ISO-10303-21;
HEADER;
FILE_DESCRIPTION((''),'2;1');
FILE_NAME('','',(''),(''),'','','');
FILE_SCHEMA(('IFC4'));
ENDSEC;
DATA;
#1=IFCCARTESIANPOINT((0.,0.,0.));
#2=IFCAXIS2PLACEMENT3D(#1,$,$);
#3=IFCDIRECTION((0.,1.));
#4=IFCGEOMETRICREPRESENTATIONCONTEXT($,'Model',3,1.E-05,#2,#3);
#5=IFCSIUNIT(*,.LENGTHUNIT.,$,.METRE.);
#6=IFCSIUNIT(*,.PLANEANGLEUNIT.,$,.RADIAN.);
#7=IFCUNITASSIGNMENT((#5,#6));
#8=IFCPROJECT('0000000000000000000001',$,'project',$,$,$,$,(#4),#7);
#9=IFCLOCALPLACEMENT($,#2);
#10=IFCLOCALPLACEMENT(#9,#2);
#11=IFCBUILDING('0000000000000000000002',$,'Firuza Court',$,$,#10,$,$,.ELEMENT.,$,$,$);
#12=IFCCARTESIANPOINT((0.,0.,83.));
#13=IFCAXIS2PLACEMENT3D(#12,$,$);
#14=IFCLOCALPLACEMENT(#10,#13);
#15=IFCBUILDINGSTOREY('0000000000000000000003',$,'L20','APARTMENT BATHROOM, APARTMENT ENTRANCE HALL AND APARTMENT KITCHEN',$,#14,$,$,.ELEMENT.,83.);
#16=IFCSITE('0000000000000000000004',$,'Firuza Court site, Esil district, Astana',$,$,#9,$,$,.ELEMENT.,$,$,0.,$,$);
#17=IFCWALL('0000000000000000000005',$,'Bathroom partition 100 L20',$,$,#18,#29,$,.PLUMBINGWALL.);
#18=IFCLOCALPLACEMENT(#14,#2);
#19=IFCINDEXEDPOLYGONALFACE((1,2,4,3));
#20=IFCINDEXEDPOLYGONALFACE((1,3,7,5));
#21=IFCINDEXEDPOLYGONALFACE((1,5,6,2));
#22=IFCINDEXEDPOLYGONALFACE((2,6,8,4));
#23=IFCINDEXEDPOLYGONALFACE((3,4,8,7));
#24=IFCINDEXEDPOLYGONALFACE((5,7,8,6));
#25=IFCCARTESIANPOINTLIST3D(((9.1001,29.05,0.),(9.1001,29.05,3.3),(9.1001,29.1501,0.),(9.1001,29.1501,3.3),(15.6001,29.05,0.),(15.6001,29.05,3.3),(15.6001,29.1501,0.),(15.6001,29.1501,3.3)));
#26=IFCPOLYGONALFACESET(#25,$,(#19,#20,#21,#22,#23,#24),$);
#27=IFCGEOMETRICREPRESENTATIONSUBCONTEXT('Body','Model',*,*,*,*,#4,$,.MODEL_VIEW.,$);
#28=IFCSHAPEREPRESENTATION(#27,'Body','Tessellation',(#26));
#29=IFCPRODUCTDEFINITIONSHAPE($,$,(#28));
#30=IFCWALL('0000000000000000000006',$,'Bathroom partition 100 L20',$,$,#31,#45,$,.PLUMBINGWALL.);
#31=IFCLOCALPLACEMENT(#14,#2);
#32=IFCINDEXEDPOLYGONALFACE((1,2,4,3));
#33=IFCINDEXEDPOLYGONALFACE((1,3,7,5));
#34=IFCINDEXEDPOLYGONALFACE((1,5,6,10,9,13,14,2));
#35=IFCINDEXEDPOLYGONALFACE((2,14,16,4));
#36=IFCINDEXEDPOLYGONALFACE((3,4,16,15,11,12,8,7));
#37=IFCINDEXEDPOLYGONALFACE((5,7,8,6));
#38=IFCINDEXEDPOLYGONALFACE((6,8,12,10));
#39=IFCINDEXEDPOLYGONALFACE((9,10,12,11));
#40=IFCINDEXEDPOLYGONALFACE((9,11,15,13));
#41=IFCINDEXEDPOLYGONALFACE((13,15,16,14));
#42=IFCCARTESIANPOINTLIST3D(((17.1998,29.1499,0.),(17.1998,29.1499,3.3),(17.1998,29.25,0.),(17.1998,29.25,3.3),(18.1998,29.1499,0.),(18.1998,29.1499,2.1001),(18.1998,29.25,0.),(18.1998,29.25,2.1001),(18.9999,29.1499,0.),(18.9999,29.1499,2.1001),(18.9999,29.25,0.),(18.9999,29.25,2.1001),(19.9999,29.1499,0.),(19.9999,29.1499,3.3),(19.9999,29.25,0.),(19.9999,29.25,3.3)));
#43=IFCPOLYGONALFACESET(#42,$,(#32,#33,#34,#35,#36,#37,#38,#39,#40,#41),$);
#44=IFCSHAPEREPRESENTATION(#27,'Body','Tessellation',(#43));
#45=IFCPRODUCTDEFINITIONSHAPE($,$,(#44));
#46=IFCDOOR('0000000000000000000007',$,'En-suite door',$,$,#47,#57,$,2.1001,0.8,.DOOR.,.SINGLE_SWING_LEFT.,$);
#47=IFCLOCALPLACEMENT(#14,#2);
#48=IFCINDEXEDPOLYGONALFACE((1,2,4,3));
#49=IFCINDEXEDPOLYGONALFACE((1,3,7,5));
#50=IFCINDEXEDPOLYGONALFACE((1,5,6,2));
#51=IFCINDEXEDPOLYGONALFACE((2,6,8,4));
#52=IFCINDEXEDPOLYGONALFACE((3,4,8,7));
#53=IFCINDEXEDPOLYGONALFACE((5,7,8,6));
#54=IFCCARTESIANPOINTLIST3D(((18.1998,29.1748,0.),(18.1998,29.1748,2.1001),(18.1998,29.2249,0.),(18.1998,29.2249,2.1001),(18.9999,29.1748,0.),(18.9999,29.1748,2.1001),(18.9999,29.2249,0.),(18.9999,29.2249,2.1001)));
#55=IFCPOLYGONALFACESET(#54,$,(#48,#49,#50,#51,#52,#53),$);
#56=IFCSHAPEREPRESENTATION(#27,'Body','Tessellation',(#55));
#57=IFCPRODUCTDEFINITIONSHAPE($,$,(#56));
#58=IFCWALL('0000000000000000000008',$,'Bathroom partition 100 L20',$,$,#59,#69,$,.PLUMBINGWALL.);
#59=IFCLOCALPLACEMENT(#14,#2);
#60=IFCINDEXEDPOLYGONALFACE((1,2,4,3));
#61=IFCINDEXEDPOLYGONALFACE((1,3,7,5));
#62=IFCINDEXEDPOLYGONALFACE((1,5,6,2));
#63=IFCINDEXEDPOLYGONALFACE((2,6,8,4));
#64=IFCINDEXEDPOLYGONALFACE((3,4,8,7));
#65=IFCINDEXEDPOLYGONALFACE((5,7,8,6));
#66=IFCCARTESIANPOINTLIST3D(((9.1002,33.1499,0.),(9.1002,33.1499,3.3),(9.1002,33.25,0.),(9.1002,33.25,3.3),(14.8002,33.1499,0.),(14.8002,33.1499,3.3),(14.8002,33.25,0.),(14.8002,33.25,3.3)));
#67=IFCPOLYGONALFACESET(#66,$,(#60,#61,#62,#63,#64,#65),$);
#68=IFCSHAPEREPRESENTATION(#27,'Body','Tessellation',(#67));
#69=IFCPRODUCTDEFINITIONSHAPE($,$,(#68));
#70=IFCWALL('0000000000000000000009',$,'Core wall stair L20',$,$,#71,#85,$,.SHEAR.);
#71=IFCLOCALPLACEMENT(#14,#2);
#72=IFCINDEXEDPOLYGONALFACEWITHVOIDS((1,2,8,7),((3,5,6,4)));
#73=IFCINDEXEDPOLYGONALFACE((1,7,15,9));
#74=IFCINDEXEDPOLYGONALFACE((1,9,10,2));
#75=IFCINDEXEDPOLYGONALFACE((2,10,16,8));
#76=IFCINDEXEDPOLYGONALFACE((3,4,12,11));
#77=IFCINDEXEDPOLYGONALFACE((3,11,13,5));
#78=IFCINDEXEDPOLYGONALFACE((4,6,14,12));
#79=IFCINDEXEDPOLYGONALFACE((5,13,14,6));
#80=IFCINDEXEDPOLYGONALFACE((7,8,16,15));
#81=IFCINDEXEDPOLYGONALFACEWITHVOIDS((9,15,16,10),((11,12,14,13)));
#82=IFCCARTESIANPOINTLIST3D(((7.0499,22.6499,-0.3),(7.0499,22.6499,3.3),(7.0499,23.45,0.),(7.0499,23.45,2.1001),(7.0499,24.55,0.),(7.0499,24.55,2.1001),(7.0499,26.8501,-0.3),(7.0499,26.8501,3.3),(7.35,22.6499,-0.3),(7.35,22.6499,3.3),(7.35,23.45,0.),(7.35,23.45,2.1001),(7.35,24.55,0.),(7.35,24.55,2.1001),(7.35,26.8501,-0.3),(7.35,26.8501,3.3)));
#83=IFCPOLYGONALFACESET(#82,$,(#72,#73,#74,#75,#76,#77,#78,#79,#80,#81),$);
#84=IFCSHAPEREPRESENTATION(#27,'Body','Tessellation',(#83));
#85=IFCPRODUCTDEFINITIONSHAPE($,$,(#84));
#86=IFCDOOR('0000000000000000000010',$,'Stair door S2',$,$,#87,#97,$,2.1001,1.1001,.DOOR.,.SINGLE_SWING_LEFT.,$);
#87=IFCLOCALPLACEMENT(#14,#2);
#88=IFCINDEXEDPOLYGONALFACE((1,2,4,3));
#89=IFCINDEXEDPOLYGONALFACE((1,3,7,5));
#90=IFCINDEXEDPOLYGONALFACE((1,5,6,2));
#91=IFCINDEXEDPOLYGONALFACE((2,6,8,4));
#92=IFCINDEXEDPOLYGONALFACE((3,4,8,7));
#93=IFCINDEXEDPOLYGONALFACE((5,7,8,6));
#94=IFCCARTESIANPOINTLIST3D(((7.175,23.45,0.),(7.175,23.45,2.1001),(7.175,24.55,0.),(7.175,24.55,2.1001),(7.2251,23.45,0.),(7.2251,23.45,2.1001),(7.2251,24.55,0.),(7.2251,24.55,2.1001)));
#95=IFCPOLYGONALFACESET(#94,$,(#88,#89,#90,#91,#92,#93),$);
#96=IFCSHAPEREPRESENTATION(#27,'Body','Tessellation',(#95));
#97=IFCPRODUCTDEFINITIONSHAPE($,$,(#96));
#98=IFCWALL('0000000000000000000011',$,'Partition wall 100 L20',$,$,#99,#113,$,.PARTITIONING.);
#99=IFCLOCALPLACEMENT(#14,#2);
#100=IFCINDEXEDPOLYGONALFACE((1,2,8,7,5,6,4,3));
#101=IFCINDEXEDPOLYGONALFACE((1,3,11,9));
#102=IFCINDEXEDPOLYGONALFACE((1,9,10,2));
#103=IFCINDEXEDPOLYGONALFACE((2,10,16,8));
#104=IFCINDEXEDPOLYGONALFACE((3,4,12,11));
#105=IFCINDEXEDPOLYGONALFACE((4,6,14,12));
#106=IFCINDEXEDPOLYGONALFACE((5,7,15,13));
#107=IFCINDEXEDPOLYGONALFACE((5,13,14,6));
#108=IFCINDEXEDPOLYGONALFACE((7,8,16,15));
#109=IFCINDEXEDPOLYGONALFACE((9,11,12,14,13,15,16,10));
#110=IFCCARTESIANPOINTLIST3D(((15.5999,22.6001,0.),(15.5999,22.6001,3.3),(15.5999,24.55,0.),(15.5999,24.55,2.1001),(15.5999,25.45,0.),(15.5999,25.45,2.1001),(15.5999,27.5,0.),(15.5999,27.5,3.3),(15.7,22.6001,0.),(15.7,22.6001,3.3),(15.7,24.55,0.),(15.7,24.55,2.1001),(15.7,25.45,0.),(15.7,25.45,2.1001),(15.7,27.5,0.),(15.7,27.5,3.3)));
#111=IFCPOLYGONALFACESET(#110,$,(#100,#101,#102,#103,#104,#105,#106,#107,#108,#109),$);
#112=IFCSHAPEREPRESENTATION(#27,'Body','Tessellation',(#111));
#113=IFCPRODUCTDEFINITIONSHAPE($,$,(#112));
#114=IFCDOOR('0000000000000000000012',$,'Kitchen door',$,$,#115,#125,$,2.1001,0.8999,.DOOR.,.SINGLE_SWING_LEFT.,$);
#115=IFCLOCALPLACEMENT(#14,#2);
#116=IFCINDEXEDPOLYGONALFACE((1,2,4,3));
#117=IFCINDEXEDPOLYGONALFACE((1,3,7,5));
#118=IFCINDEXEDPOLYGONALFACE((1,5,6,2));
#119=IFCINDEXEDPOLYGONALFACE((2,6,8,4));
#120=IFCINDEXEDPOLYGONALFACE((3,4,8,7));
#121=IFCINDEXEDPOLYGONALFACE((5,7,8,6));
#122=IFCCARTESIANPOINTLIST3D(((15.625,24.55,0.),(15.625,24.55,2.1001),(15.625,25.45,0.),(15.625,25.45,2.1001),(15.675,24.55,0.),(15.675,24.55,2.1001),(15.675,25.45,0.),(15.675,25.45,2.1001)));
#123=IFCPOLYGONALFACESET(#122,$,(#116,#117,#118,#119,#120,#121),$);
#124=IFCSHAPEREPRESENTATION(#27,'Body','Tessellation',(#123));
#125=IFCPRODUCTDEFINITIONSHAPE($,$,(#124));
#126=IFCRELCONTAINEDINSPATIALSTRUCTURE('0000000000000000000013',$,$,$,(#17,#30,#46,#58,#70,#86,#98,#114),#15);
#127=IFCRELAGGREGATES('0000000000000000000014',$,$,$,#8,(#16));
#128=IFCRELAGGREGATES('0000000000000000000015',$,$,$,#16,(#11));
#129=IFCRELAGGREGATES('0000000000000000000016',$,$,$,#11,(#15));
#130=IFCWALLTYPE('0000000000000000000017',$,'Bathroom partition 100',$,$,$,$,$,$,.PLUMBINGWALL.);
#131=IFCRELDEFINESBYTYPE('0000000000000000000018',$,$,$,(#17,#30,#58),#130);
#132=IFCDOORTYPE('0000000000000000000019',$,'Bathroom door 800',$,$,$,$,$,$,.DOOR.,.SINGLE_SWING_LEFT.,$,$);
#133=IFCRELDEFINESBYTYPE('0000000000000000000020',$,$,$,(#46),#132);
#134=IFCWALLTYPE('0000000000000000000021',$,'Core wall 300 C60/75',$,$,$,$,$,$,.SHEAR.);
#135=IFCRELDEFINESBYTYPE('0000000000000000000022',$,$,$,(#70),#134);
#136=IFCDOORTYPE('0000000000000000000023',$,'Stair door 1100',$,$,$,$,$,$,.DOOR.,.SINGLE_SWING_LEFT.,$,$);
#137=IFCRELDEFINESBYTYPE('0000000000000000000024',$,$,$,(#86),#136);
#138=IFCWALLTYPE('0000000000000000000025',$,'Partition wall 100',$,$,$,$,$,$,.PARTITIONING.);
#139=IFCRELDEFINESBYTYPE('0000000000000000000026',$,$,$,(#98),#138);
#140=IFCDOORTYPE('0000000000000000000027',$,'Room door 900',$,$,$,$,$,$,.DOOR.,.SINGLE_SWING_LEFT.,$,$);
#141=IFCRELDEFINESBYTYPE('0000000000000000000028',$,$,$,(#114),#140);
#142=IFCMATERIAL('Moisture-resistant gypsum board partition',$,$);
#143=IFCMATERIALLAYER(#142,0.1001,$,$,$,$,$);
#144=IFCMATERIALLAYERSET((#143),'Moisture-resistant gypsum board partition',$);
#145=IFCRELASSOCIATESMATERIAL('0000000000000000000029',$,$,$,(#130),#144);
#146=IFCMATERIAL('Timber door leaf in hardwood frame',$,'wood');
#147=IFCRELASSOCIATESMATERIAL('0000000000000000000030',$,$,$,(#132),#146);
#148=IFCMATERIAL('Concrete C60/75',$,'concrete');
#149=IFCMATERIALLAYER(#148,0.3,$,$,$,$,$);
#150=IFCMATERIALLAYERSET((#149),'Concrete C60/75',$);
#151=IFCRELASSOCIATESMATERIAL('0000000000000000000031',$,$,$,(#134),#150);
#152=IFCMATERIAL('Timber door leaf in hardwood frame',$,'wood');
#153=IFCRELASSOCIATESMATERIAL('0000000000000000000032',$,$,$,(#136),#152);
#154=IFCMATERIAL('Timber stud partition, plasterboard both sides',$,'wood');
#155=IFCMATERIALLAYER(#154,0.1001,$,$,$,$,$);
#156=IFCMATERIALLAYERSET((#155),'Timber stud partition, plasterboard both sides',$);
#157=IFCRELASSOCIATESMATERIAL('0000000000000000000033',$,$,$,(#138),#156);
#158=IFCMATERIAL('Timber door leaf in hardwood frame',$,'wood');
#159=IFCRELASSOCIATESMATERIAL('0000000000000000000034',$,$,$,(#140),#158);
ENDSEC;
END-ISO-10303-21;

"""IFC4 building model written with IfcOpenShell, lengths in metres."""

from ifc_helpers import new_model, si_unit, direction, frame, frame_2d, origin, place, context, subcontext, project, spatial, rectangle, extrude, material, layer, layer_set, type_object, element, fill, save


model = new_model("IFC4")

# Units and contexts
model_context = context("Model", 3, precision=1e-05, world=origin(), true_north=direction((0.0, 1.0)))
body_context = subcontext(model_context, "Body", "Model", "MODEL_VIEW")
ifc_project = project(units=[si_unit("LENGTHUNIT", "METRE"), si_unit("PLANEANGLEUNIT", "RADIAN")], contexts=[model_context])

# Site, building, storey
site_placement = place(None, origin())
site = spatial("IfcSite", under=ifc_project, at=site_placement, Name="Firuza Court site, Esil district, Astana", CompositionType="ELEMENT", RefElevation=0.0)
building_placement = place(site_placement, origin())
building = spatial("IfcBuilding", under=site, at=building_placement, Name="Firuza Court", CompositionType="ELEMENT")
storey_placement = place(building_placement, frame((0.0, 0.0, 83.0)))
storey = spatial("IfcBuildingStorey", under=building, at=storey_placement, Name="L20", Description="APARTMENT BATHROOM, APARTMENT ENTRANCE HALL AND APARTMENT KITCHEN", CompositionType="ELEMENT", Elevation=83.0)

# Wall
ifc_material_1 = material(Name="Moisture-resistant gypsum board partition")
ifc_layer_1 = layer(ifc_material_1, 0.1001)
ifc_layer_set_1 = layer_set([ifc_layer_1], Name="Moisture-resistant gypsum board partition")
wall_type_1 = type_object("IfcWallType", Name="Bathroom partition 100", PredefinedType="PLUMBINGWALL", material=ifc_layer_set_1)
wall_1_placement = place(storey_placement, frame((9.1001, 29.1001, 0.0), z_axis=(0.0, 0.0, 1.0), x_axis=(1.0, 0.0, 0.0)))
element("IfcWall", 1, at=wall_1_placement, inside=storey, type_object=wall_type_1, Name="Bathroom partition 100 L20", PredefinedType="PLUMBINGWALL", context=body_context, shape_type="SweptSolid", body=[
    extrude(rectangle(XDim=6.5, YDim=0.1001, at=frame_2d((3.25, 0.0))), origin(), (0.0, 0.0, 1.0), 3.3),
])

# Wall, opening, door
wall_2_placement = place(storey_placement, frame((17.2, 29.2, 0.0), z_axis=(0.0, 0.0, 1.0), x_axis=(1.0, 0.0, 0.0)))
wall_2 = element("IfcWall", 2, at=wall_2_placement, inside=storey, type_object=wall_type_1, Name="Bathroom partition 100 L20", PredefinedType="PLUMBINGWALL", context=body_context, shape_type="SweptSolid", body=[
    extrude(rectangle(XDim=2.8, YDim=0.1001, at=frame_2d((1.3999, 0.0))), origin(), (0.0, 0.0, 1.0), 3.3),
])
opening_1_placement = place(wall_2_placement, frame((1.0, 0.0, 0.0)))
opening_1 = element("IfcOpeningElement", 3, at=opening_1_placement, cuts=wall_2, PredefinedType="OPENING", context=body_context, shape_type="SweptSolid", body=[
    extrude(rectangle(XDim=0.8, YDim=2.1001, at=frame_2d((0.3999, 1.05))), frame((0.0, 0.062, 0.0), z_axis=(0.0, -1.0, 0.0), x_axis=(1.0, 0.0, 0.0)), (0.0, 0.0, 1.0), 0.124),
])
ifc_material_2 = material(Name="Timber door leaf in hardwood frame", Category="wood")
door_type_1 = type_object("IfcDoorType", Name="Bathroom door 800", OperationType="SINGLE_SWING_LEFT", PredefinedType="DOOR", material=ifc_material_2)
door_1_placement = place(opening_1_placement, origin())
door_1 = element("IfcDoor", 4, at=door_1_placement, inside=storey, type_object=door_type_1, Name="En-suite door", OperationType="SINGLE_SWING_LEFT", OverallHeight=2.1001, OverallWidth=0.8, PredefinedType="DOOR", context=body_context, shape_type="SweptSolid", body=[
    extrude(rectangle(XDim=0.8, YDim=2.1001, at=frame_2d((0.3999, 1.05))), frame((0.0, 0.0249, 0.0), z_axis=(0.0, -1.0, 0.0), x_axis=(1.0, 0.0, 0.0)), (0.0, 0.0, 1.0), 0.05),
])
fill(opening_1, door_1)

# Wall
wall_3_placement = place(storey_placement, frame((9.1001, 33.2, 0.0), z_axis=(0.0, 0.0, 1.0), x_axis=(1.0, 0.0, 0.0)))
element("IfcWall", 5, at=wall_3_placement, inside=storey, type_object=wall_type_1, Name="Bathroom partition 100 L20", PredefinedType="PLUMBINGWALL", context=body_context, shape_type="SweptSolid", body=[
    extrude(rectangle(XDim=5.7, YDim=0.1001, at=frame_2d((2.8501, 0.0))), origin(), (0.0, 0.0, 1.0), 3.3),
])

# Walls, openings, doors
ifc_material_3 = material(Name="Concrete C60/75", Category="concrete")
ifc_layer_2 = layer(ifc_material_3, 0.3)
ifc_layer_set_2 = layer_set([ifc_layer_2], Name="Concrete C60/75")
wall_type_2 = type_object("IfcWallType", Name="Core wall 300 C60/75", PredefinedType="SHEAR", material=ifc_layer_set_2)
wall_4_placement = place(storey_placement, frame((7.2, 22.6499, -0.3), z_axis=(0.0, 0.0, 1.0), x_axis=(0.0, 1.0, 0.0)))
wall_4 = element("IfcWall", 6, at=wall_4_placement, inside=storey, type_object=wall_type_2, Name="Core wall stair L20", PredefinedType="SHEAR", context=body_context, shape_type="SweptSolid", body=[
    extrude(rectangle(XDim=4.2002, YDim=0.3, at=frame_2d((2.1001, 0.0))), origin(), (0.0, 0.0, 1.0), 3.6001),
])
opening_2_placement = place(wall_4_placement, frame((0.8, 0.0, 0.3)))
opening_2 = element("IfcOpeningElement", 7, at=opening_2_placement, cuts=wall_4, PredefinedType="OPENING", context=body_context, shape_type="SweptSolid", body=[
    extrude(rectangle(XDim=1.1001, YDim=2.1001, at=frame_2d((0.55, 1.05))), frame((0.0, 0.1621, 0.0), z_axis=(0.0, -1.0, 0.0), x_axis=(1.0, 0.0, 0.0)), (0.0, 0.0, 1.0), 0.324),
])
ifc_material_4 = material(Name="Timber door leaf in hardwood frame", Category="wood")
door_type_2 = type_object("IfcDoorType", Name="Stair door 1100", OperationType="SINGLE_SWING_LEFT", PredefinedType="DOOR", material=ifc_material_4)
door_2_placement = place(opening_2_placement, origin())
door_2 = element("IfcDoor", 8, at=door_2_placement, inside=storey, type_object=door_type_2, Name="Stair door S2", OperationType="SINGLE_SWING_LEFT", OverallHeight=2.1001, OverallWidth=1.1001, PredefinedType="DOOR", context=body_context, shape_type="SweptSolid", body=[
    extrude(rectangle(XDim=1.1001, YDim=2.1001, at=frame_2d((0.55, 1.05))), frame((0.0, 0.0249, 0.0), z_axis=(0.0, -1.0, 0.0), x_axis=(1.0, 0.0, 0.0)), (0.0, 0.0, 1.0), 0.05),
])
fill(opening_2, door_2)
ifc_material_5 = material(Name="Timber stud partition, plasterboard both sides", Category="wood")
ifc_layer_3 = layer(ifc_material_5, 0.1001)
ifc_layer_set_3 = layer_set([ifc_layer_3], Name="Timber stud partition, plasterboard both sides")
wall_type_3 = type_object("IfcWallType", Name="Partition wall 100", PredefinedType="PARTITIONING", material=ifc_layer_set_3)
wall_5_placement = place(storey_placement, frame((15.6499, 22.6001, 0.0), z_axis=(0.0, 0.0, 1.0), x_axis=(0.0, 1.0, 0.0)))
wall_5 = element("IfcWall", 9, at=wall_5_placement, inside=storey, type_object=wall_type_3, Name="Partition wall 100 L20", PredefinedType="PARTITIONING", context=body_context, shape_type="SweptSolid", body=[
    extrude(rectangle(XDim=4.8999, YDim=0.1001, at=frame_2d((2.45, 0.0))), origin(), (0.0, 0.0, 1.0), 3.3),
])
opening_3_placement = place(wall_5_placement, frame((1.95, 0.0, 0.0)))
opening_3 = element("IfcOpeningElement", 10, at=opening_3_placement, cuts=wall_5, PredefinedType="OPENING", context=body_context, shape_type="SweptSolid", body=[
    extrude(rectangle(XDim=0.8999, YDim=2.1001, at=frame_2d((0.45, 1.05))), frame((0.0, 0.062, 0.0), z_axis=(0.0, -1.0, 0.0), x_axis=(1.0, 0.0, 0.0)), (0.0, 0.0, 1.0), 0.124),
])
ifc_material_6 = material(Name="Timber door leaf in hardwood frame", Category="wood")
door_type_3 = type_object("IfcDoorType", Name="Room door 900", OperationType="SINGLE_SWING_LEFT", PredefinedType="DOOR", material=ifc_material_6)
door_3_placement = place(opening_3_placement, origin())
door_3 = element("IfcDoor", 11, at=door_3_placement, inside=storey, type_object=door_type_3, Name="Kitchen door", OperationType="SINGLE_SWING_LEFT", OverallHeight=2.1001, OverallWidth=0.8999, PredefinedType="DOOR", context=body_context, shape_type="SweptSolid", body=[
    extrude(rectangle(XDim=0.8999, YDim=2.1001, at=frame_2d((0.45, 1.05))), frame((0.0, 0.0249, 0.0), z_axis=(0.0, -1.0, 0.0), x_axis=(1.0, 0.0, 0.0)), (0.0, 0.0, 1.0), 0.05),
])
fill(opening_3, door_3)

save(model, "model.ifc")
